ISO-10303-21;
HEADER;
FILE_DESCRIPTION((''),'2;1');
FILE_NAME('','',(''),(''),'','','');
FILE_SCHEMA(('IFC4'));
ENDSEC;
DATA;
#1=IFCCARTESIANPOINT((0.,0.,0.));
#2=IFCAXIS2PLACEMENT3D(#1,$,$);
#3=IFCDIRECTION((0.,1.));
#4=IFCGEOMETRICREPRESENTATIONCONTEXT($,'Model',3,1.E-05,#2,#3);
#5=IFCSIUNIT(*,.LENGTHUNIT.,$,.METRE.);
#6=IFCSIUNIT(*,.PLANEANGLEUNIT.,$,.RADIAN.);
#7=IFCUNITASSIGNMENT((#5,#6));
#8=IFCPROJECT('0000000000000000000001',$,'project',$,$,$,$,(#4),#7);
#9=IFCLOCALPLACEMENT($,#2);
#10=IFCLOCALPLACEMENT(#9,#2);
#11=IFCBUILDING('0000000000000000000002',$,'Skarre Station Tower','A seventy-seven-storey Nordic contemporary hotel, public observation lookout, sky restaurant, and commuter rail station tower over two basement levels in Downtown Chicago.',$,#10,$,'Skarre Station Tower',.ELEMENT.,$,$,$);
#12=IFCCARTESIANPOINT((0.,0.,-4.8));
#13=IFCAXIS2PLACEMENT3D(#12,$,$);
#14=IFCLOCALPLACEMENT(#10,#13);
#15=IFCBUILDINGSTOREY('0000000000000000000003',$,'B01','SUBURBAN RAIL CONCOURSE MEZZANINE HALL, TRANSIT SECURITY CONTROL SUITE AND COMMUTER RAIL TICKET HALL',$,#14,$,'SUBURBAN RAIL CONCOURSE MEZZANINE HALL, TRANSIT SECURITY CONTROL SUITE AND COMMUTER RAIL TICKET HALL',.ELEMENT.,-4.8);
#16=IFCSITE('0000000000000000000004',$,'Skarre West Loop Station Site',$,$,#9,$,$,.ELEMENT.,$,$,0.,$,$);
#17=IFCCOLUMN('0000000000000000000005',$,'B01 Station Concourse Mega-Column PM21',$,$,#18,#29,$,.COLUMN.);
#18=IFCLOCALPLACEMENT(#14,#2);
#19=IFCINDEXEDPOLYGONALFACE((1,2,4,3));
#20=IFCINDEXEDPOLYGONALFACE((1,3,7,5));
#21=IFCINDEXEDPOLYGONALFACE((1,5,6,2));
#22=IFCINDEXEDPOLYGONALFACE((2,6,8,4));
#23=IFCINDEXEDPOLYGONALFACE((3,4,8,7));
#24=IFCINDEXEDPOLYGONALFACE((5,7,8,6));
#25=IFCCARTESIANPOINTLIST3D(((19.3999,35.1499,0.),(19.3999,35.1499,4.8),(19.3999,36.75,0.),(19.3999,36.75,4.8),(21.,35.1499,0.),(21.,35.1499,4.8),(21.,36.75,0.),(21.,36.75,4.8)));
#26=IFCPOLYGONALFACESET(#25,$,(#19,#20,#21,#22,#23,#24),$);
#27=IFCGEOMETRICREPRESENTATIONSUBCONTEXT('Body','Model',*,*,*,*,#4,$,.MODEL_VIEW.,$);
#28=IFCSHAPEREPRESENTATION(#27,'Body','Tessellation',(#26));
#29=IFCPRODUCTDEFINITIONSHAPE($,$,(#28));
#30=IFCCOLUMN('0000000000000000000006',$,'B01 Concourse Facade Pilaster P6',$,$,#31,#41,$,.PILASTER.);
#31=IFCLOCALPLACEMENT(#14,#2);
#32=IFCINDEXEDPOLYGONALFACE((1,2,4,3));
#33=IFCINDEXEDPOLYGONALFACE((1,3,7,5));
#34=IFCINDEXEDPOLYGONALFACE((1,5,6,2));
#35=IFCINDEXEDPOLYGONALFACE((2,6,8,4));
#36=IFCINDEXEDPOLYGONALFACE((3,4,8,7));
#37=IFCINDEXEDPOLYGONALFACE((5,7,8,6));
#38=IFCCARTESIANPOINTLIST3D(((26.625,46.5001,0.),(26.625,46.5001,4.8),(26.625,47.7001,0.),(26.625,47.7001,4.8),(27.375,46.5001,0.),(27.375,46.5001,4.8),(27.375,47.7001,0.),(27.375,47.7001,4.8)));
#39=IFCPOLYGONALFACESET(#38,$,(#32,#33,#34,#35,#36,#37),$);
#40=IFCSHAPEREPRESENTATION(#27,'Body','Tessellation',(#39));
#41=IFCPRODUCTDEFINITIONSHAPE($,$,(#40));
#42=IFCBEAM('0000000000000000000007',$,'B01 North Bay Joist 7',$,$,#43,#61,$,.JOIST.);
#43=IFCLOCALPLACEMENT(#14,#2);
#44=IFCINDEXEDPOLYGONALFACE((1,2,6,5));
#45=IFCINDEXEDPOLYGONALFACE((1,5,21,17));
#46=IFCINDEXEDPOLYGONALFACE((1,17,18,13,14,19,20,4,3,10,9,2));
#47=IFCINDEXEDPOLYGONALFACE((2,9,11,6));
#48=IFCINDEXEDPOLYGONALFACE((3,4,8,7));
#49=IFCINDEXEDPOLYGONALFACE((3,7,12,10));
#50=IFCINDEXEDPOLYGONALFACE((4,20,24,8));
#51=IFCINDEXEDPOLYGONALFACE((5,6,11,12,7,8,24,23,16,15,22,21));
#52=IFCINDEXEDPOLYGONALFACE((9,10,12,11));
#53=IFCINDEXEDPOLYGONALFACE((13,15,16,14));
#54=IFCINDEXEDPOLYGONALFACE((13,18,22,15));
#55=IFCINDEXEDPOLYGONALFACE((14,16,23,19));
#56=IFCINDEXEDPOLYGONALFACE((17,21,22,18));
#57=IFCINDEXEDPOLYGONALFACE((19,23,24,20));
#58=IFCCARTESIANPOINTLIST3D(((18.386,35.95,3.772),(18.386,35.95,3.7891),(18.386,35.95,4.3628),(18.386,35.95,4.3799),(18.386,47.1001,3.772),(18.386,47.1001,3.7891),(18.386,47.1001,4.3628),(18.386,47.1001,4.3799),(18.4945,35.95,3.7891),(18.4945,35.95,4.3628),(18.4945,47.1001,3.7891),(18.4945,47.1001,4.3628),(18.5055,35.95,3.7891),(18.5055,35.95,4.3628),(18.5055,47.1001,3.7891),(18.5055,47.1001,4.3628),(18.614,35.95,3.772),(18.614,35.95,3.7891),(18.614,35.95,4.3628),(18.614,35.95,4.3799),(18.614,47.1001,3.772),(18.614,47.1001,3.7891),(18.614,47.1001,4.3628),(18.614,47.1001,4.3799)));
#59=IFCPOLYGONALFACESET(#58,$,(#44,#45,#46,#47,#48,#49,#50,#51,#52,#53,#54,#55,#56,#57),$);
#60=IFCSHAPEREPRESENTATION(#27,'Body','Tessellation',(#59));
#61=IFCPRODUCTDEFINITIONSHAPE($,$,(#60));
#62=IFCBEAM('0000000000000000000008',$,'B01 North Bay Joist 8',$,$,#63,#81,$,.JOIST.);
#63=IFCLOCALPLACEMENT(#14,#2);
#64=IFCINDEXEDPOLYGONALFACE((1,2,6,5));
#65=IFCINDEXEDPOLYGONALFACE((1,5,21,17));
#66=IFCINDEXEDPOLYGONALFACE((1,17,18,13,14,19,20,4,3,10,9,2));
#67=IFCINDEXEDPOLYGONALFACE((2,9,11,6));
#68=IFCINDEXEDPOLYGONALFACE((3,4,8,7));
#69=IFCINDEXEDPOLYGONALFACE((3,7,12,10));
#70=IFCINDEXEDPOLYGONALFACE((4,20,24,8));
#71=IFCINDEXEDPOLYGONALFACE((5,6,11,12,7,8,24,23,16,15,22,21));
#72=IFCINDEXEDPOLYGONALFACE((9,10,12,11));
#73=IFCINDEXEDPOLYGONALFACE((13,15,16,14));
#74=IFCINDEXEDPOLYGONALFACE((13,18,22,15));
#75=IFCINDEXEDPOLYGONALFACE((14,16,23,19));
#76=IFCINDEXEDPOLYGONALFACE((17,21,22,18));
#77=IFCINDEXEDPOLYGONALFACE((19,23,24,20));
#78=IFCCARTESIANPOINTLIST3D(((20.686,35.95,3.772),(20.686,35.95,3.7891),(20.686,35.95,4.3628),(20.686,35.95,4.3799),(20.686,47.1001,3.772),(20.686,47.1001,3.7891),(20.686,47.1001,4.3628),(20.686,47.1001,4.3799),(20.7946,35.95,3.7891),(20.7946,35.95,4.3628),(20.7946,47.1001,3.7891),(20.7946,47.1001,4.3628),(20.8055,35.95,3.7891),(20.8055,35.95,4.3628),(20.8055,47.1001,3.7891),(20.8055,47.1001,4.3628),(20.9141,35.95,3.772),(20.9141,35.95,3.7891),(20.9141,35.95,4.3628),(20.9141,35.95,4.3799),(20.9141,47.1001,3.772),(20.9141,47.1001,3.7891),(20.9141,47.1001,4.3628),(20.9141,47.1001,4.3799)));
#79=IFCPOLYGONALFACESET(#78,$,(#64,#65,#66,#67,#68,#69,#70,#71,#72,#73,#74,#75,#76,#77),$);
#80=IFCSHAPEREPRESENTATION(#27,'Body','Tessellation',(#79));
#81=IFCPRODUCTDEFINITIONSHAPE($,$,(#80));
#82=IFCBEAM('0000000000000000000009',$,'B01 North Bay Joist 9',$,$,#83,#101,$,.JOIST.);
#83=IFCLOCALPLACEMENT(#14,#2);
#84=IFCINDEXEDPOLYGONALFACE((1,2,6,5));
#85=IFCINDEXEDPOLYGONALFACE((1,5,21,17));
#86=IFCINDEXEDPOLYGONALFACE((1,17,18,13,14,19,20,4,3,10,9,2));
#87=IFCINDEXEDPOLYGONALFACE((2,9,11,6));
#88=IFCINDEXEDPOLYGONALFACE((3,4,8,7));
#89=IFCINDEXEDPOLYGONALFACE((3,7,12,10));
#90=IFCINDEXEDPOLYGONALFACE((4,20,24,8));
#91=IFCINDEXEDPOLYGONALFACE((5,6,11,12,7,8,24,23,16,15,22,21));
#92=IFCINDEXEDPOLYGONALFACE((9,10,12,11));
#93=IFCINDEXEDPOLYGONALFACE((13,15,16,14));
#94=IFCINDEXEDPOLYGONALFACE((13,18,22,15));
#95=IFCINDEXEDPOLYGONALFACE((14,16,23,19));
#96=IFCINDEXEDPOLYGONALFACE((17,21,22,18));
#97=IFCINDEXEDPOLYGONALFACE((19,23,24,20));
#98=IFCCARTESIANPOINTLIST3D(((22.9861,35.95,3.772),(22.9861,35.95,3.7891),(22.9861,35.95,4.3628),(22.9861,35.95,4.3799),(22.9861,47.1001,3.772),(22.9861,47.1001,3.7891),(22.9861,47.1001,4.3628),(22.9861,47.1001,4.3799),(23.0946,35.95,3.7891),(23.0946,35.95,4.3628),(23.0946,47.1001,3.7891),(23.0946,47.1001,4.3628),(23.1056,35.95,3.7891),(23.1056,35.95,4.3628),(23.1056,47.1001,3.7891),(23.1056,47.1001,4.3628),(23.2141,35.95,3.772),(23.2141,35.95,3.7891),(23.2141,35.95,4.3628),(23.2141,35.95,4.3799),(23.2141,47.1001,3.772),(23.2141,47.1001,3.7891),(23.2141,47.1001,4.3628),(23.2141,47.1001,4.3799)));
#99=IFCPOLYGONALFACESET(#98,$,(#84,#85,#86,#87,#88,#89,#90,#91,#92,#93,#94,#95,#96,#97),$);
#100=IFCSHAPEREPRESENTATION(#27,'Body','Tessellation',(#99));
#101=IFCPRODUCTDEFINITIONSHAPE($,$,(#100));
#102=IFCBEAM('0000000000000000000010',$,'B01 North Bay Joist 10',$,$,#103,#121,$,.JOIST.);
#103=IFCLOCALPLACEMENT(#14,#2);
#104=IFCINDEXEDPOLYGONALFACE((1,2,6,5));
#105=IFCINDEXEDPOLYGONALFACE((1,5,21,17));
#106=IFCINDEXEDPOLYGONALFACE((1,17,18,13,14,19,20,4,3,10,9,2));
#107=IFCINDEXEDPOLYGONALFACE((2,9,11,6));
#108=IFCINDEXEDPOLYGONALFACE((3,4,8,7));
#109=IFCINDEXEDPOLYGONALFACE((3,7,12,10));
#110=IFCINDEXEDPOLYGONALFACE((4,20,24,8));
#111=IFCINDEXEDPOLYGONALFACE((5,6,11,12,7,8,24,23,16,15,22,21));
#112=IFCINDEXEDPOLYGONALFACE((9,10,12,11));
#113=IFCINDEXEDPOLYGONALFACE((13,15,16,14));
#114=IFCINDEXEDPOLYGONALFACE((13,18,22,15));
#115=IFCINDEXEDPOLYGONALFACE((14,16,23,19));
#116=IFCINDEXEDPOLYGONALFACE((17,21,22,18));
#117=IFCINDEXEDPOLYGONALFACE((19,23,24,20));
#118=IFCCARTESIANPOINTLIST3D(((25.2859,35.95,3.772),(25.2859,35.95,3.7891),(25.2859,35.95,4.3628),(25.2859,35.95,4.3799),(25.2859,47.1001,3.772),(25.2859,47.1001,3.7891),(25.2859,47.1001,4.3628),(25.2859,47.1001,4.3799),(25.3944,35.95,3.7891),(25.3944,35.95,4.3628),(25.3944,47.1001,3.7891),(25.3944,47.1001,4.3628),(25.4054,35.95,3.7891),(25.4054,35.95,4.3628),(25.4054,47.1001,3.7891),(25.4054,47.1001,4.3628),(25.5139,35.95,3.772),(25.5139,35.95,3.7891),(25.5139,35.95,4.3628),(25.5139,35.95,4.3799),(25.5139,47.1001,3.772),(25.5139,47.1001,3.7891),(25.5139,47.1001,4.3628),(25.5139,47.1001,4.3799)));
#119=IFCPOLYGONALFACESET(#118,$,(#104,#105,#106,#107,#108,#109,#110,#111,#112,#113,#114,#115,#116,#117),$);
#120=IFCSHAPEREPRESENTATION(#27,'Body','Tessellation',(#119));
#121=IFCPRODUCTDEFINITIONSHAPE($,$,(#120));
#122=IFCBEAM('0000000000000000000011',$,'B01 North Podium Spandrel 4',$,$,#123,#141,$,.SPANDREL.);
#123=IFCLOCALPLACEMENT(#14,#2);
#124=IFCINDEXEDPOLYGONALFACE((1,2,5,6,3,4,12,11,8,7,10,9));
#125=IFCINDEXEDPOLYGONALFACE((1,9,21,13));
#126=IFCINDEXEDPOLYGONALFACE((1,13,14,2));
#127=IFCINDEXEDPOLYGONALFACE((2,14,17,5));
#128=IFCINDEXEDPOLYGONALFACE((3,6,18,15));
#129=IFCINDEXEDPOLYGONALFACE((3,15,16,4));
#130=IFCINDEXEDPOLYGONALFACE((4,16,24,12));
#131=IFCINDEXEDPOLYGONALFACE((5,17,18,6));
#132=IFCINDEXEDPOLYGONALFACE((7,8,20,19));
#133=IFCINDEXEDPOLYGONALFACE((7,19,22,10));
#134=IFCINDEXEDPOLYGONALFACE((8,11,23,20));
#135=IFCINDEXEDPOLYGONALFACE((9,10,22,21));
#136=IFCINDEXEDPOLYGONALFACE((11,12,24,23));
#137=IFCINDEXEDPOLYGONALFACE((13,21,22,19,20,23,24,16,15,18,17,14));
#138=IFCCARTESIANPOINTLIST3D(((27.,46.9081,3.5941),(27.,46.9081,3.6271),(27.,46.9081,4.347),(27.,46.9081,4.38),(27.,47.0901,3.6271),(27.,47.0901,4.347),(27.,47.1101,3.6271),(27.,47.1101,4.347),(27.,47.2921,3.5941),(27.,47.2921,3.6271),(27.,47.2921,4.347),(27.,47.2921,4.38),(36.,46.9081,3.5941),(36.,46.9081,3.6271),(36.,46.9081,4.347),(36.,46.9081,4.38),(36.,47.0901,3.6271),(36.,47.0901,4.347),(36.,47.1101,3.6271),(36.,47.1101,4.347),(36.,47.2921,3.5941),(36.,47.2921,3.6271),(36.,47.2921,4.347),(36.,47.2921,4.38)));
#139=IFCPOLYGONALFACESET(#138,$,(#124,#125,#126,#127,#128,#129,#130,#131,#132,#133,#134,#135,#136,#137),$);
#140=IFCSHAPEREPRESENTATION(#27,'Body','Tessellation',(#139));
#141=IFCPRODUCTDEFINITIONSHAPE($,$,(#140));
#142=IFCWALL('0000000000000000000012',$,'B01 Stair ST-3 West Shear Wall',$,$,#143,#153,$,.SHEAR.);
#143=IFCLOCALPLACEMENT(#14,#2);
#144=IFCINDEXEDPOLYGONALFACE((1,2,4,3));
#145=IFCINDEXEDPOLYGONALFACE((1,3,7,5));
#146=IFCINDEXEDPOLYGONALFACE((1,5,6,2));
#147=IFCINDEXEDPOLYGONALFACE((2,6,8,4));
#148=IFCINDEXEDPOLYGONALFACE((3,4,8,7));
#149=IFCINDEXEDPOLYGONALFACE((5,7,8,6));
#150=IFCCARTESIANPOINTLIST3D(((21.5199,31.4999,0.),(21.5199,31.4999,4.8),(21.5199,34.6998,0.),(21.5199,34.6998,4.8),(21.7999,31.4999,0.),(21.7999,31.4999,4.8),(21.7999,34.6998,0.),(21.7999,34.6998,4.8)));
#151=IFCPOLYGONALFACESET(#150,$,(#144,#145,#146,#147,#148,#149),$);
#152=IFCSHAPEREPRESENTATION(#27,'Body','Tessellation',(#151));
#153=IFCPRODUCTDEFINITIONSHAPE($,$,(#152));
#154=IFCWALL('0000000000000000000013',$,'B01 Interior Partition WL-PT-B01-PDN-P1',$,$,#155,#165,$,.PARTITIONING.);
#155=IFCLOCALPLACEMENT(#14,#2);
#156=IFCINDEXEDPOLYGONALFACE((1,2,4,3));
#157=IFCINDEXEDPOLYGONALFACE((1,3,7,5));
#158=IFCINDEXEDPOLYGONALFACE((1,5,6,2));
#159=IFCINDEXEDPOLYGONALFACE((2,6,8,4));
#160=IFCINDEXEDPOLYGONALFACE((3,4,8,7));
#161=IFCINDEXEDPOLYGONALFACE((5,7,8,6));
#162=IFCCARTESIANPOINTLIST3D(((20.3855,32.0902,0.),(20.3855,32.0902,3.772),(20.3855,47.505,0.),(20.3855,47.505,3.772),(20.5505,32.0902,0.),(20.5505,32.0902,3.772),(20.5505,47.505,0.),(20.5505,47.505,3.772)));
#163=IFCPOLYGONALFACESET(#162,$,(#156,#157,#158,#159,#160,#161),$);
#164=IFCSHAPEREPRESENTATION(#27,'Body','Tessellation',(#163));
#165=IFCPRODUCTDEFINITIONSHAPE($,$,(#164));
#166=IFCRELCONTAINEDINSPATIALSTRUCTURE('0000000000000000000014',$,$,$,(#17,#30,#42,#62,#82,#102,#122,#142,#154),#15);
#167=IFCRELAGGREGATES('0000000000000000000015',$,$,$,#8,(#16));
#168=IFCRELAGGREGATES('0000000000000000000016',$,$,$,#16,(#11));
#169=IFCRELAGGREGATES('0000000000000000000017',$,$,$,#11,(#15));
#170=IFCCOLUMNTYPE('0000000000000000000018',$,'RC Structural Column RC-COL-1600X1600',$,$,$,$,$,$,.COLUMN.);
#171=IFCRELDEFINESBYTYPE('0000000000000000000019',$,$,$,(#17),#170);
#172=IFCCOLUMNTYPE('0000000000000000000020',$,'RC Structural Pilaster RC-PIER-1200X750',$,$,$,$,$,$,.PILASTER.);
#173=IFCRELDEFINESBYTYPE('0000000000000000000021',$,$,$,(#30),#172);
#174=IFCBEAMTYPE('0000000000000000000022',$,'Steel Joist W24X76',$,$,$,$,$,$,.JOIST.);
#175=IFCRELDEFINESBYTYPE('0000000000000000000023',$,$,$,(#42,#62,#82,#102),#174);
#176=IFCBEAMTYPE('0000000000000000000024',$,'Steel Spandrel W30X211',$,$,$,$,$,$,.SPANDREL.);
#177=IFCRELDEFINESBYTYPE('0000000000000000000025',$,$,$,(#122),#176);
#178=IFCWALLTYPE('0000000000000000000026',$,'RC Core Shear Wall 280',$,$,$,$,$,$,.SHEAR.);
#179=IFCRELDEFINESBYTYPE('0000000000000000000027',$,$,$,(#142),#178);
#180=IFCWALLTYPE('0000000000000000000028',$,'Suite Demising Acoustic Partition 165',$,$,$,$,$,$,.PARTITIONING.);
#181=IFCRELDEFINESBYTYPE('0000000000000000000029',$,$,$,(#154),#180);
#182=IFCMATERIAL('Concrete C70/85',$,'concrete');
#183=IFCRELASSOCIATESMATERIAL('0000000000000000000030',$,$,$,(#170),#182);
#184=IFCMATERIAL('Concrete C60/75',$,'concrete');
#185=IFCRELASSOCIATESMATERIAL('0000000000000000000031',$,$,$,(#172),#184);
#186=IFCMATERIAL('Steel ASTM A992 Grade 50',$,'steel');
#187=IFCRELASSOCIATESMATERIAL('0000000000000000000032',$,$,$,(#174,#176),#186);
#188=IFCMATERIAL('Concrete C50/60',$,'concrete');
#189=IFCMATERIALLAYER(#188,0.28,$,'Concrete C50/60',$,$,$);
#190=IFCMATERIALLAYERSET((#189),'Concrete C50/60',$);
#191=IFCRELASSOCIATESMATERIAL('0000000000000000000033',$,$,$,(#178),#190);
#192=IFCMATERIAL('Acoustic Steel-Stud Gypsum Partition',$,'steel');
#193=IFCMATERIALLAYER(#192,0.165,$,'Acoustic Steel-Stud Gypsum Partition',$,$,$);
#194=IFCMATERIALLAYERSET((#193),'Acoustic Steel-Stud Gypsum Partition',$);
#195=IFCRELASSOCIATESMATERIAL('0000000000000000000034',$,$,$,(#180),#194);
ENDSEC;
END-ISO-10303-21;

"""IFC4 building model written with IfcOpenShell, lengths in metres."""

from ifc_helpers import new_model, si_unit, direction, frame, frame_2d, origin, origin_2d, place, context, subcontext, project, spatial, rectangle, i_section, extrude, material, layer, layer_set, material_profile, profile_set, type_object, element, save


model = new_model("IFC4")

# Units and contexts
model_context = context("Model", 3, precision=1e-05, world=origin(), true_north=direction((0.0, 1.0)))
body_context = subcontext(model_context, "Body", "Model", "MODEL_VIEW")
ifc_project = project(units=[si_unit("LENGTHUNIT", "METRE"), si_unit("PLANEANGLEUNIT", "RADIAN")], contexts=[model_context])

# Site, building, storey
site_placement = place(None, origin())
site = spatial("IfcSite", under=ifc_project, at=site_placement, Name="Skarre West Loop Station Site", CompositionType="ELEMENT", RefElevation=0.0)
building_placement = place(site_placement, origin())
building = spatial("IfcBuilding", under=site, at=building_placement, Name="Skarre Station Tower", Description="A seventy-seven-storey Nordic contemporary hotel, public observation lookout, sky restaurant, and commuter rail station tower over two basement levels in Downtown Chicago.", LongName="Skarre Station Tower", CompositionType="ELEMENT")
storey_placement = place(building_placement, frame((0.0, 0.0, -4.8)))
storey = spatial("IfcBuildingStorey", under=building, at=storey_placement, Name="B01", Description="SUBURBAN RAIL CONCOURSE MEZZANINE HALL, TRANSIT SECURITY CONTROL SUITE AND COMMUTER RAIL TICKET HALL", LongName="SUBURBAN RAIL CONCOURSE MEZZANINE HALL, TRANSIT SECURITY CONTROL SUITE AND COMMUTER RAIL TICKET HALL", CompositionType="ELEMENT", Elevation=-4.8)

# Columns
ifc_material_1 = material(Name="Concrete C70/85", Category="concrete")
ifc_material_profile_1 = material_profile(ifc_material_1, rectangle(XDim=1.6001, YDim=1.6001, at=origin_2d()), Name="Concrete C70/85")
ifc_profile_set_1 = profile_set([ifc_material_profile_1], Name="Concrete C70/85")
column_type_1 = type_object("IfcColumnType", Name="RC Structural Column RC-COL-1600X1600", PredefinedType="COLUMN", material=ifc_profile_set_1)
column_1_placement = place(storey_placement, frame((20.2, 35.95, 0.0), z_axis=(0.0, 0.0, 1.0), x_axis=(1.0, 0.0, 0.0)))
element("IfcColumn", 1, at=column_1_placement, inside=storey, type_object=column_type_1, Name="B01 Station Concourse Mega-Column PM21", PredefinedType="COLUMN", context=body_context, shape_type="SweptSolid", body=[
    extrude(rectangle(XDim=1.6001, YDim=1.6001, at=origin_2d()), origin(), (0.0, 0.0, 1.0), 4.8),
])
ifc_material_2 = material(Name="Concrete C60/75", Category="concrete")
ifc_material_profile_2 = material_profile(ifc_material_2, rectangle(XDim=0.75, YDim=1.2, at=origin_2d()), Name="Concrete C60/75")
ifc_profile_set_2 = profile_set([ifc_material_profile_2], Name="Concrete C60/75")
column_type_2 = type_object("IfcColumnType", Name="RC Structural Pilaster RC-PIER-1200X750", PredefinedType="PILASTER", material=ifc_profile_set_2)
column_2_placement = place(storey_placement, frame((27.0, 47.1001, 0.0), z_axis=(0.0, 0.0, 1.0), x_axis=(1.0, 0.0, 0.0)))
element("IfcColumn", 2, at=column_2_placement, inside=storey, type_object=column_type_2, Name="B01 Concourse Facade Pilaster P6", PredefinedType="PILASTER", context=body_context, shape_type="SweptSolid", body=[
    extrude(rectangle(XDim=0.75, YDim=1.2, at=origin_2d()), origin(), (0.0, 0.0, 1.0), 4.8),
])

# Beams
ifc_material_3 = material(Name="Steel ASTM A992 Grade 50", Category="steel")
ifc_material_profile_3 = material_profile(ifc_material_3, i_section(OverallWidth=0.228, OverallDepth=0.6079, WebThickness=0.011, FlangeThickness=0.0171, at=origin_2d()), Name="Steel ASTM A992 Grade 50")
ifc_profile_set_3 = profile_set([ifc_material_profile_3], Name="Steel ASTM A992 Grade 50")
beam_type_1 = type_object("IfcBeamType", Name="Steel Joist W24X76", PredefinedType="JOIST", material=ifc_profile_set_3)
for number, where, z_axis, x_axis, name in (
    (3, (18.5, 35.95, 4.0759), (0.0, 1.0, 0.0), (-1.0, 0.0, 0.0), "B01 North Bay Joist 7"),
    (4, (20.8, 35.95, 4.0759), (0.0, 1.0, 0.0), (-1.0, 0.0, 0.0), "B01 North Bay Joist 8"),
    (5, (23.1001, 35.95, 4.0759), (0.0, 1.0, 0.0), (-1.0, 0.0, 0.0), "B01 North Bay Joist 9"),
    (6, (25.3999, 35.95, 4.0759), (0.0, 1.0, 0.0), (-1.0, 0.0, 0.0), "B01 North Bay Joist 10"),
):
    element("IfcBeam", number, at=place(storey_placement, frame(where, z_axis=z_axis, x_axis=x_axis)), inside=storey, type_object=beam_type_1, Name=name, PredefinedType="JOIST", context=body_context, shape_type="SweptSolid", body=[
        extrude(i_section(OverallWidth=0.228, OverallDepth=0.6079, WebThickness=0.011, FlangeThickness=0.0171, at=origin_2d()), origin(), (0.0, 0.0, 1.0), 11.1501),
    ])
ifc_material_profile_4 = material_profile(ifc_material_3, i_section(OverallWidth=0.384, OverallDepth=0.7859, WebThickness=0.02, FlangeThickness=0.033, at=origin_2d()), Name="Steel ASTM A992 Grade 50")
ifc_profile_set_4 = profile_set([ifc_material_profile_4], Name="Steel ASTM A992 Grade 50")
beam_type_2 = type_object("IfcBeamType", Name="Steel Spandrel W30X211", PredefinedType="SPANDREL", material=ifc_profile_set_4)
beam_placement = place(storey_placement, frame((27.0, 47.1001, 3.9871), z_axis=(1.0, 0.0, 0.0), x_axis=(0.0, 1.0, 0.0)))
element("IfcBeam", 7, at=beam_placement, inside=storey, type_object=beam_type_2, Name="B01 North Podium Spandrel 4", PredefinedType="SPANDREL", context=body_context, shape_type="SweptSolid", body=[
    extrude(i_section(OverallWidth=0.384, OverallDepth=0.7859, WebThickness=0.02, FlangeThickness=0.033, at=origin_2d()), origin(), (0.0, 0.0, 1.0), 9.0),
])

# Walls
ifc_material_4 = material(Name="Concrete C50/60", Category="concrete")
ifc_layer_1 = layer(ifc_material_4, 0.28, Name="Concrete C50/60")
ifc_layer_set_1 = layer_set([ifc_layer_1], Name="Concrete C50/60")
wall_type_1 = type_object("IfcWallType", Name="RC Core Shear Wall 280", PredefinedType="SHEAR", material=ifc_layer_set_1)
wall_1_placement = place(storey_placement, frame((21.6599, 34.7, 0.0), z_axis=(0.0, 0.0, 1.0), x_axis=(0.0, -1.0, 0.0)))
element("IfcWall", 8, at=wall_1_placement, inside=storey, type_object=wall_type_1, Name="B01 Stair ST-3 West Shear Wall", PredefinedType="SHEAR", context=body_context, shape_type="SweptSolid", body=[
    extrude(rectangle(XDim=3.2, YDim=0.28, at=frame_2d((1.6001, 0.0))), origin(), (0.0, 0.0, 1.0), 4.8),
])
ifc_material_5 = material(Name="Acoustic Steel-Stud Gypsum Partition", Category="steel")
ifc_layer_2 = layer(ifc_material_5, 0.165, Name="Acoustic Steel-Stud Gypsum Partition")
ifc_layer_set_2 = layer_set([ifc_layer_2], Name="Acoustic Steel-Stud Gypsum Partition")
wall_type_2 = type_object("IfcWallType", Name="Suite Demising Acoustic Partition 165", PredefinedType="PARTITIONING", material=ifc_layer_set_2)
wall_2_placement = place(storey_placement, frame((20.468, 32.0901, 0.0), z_axis=(0.0, 0.0, 1.0), x_axis=(0.0, 1.0, 0.0)))
element("IfcWall", 9, at=wall_2_placement, inside=storey, type_object=wall_type_2, Name="B01 Interior Partition WL-PT-B01-PDN-P1", PredefinedType="PARTITIONING", context=body_context, shape_type="SweptSolid", body=[
    extrude(rectangle(XDim=15.4148, YDim=0.165, at=frame_2d((7.7075, 0.0))), origin(), (0.0, 0.0, 1.0), 3.772),
])

save(model, "model.ifc")
